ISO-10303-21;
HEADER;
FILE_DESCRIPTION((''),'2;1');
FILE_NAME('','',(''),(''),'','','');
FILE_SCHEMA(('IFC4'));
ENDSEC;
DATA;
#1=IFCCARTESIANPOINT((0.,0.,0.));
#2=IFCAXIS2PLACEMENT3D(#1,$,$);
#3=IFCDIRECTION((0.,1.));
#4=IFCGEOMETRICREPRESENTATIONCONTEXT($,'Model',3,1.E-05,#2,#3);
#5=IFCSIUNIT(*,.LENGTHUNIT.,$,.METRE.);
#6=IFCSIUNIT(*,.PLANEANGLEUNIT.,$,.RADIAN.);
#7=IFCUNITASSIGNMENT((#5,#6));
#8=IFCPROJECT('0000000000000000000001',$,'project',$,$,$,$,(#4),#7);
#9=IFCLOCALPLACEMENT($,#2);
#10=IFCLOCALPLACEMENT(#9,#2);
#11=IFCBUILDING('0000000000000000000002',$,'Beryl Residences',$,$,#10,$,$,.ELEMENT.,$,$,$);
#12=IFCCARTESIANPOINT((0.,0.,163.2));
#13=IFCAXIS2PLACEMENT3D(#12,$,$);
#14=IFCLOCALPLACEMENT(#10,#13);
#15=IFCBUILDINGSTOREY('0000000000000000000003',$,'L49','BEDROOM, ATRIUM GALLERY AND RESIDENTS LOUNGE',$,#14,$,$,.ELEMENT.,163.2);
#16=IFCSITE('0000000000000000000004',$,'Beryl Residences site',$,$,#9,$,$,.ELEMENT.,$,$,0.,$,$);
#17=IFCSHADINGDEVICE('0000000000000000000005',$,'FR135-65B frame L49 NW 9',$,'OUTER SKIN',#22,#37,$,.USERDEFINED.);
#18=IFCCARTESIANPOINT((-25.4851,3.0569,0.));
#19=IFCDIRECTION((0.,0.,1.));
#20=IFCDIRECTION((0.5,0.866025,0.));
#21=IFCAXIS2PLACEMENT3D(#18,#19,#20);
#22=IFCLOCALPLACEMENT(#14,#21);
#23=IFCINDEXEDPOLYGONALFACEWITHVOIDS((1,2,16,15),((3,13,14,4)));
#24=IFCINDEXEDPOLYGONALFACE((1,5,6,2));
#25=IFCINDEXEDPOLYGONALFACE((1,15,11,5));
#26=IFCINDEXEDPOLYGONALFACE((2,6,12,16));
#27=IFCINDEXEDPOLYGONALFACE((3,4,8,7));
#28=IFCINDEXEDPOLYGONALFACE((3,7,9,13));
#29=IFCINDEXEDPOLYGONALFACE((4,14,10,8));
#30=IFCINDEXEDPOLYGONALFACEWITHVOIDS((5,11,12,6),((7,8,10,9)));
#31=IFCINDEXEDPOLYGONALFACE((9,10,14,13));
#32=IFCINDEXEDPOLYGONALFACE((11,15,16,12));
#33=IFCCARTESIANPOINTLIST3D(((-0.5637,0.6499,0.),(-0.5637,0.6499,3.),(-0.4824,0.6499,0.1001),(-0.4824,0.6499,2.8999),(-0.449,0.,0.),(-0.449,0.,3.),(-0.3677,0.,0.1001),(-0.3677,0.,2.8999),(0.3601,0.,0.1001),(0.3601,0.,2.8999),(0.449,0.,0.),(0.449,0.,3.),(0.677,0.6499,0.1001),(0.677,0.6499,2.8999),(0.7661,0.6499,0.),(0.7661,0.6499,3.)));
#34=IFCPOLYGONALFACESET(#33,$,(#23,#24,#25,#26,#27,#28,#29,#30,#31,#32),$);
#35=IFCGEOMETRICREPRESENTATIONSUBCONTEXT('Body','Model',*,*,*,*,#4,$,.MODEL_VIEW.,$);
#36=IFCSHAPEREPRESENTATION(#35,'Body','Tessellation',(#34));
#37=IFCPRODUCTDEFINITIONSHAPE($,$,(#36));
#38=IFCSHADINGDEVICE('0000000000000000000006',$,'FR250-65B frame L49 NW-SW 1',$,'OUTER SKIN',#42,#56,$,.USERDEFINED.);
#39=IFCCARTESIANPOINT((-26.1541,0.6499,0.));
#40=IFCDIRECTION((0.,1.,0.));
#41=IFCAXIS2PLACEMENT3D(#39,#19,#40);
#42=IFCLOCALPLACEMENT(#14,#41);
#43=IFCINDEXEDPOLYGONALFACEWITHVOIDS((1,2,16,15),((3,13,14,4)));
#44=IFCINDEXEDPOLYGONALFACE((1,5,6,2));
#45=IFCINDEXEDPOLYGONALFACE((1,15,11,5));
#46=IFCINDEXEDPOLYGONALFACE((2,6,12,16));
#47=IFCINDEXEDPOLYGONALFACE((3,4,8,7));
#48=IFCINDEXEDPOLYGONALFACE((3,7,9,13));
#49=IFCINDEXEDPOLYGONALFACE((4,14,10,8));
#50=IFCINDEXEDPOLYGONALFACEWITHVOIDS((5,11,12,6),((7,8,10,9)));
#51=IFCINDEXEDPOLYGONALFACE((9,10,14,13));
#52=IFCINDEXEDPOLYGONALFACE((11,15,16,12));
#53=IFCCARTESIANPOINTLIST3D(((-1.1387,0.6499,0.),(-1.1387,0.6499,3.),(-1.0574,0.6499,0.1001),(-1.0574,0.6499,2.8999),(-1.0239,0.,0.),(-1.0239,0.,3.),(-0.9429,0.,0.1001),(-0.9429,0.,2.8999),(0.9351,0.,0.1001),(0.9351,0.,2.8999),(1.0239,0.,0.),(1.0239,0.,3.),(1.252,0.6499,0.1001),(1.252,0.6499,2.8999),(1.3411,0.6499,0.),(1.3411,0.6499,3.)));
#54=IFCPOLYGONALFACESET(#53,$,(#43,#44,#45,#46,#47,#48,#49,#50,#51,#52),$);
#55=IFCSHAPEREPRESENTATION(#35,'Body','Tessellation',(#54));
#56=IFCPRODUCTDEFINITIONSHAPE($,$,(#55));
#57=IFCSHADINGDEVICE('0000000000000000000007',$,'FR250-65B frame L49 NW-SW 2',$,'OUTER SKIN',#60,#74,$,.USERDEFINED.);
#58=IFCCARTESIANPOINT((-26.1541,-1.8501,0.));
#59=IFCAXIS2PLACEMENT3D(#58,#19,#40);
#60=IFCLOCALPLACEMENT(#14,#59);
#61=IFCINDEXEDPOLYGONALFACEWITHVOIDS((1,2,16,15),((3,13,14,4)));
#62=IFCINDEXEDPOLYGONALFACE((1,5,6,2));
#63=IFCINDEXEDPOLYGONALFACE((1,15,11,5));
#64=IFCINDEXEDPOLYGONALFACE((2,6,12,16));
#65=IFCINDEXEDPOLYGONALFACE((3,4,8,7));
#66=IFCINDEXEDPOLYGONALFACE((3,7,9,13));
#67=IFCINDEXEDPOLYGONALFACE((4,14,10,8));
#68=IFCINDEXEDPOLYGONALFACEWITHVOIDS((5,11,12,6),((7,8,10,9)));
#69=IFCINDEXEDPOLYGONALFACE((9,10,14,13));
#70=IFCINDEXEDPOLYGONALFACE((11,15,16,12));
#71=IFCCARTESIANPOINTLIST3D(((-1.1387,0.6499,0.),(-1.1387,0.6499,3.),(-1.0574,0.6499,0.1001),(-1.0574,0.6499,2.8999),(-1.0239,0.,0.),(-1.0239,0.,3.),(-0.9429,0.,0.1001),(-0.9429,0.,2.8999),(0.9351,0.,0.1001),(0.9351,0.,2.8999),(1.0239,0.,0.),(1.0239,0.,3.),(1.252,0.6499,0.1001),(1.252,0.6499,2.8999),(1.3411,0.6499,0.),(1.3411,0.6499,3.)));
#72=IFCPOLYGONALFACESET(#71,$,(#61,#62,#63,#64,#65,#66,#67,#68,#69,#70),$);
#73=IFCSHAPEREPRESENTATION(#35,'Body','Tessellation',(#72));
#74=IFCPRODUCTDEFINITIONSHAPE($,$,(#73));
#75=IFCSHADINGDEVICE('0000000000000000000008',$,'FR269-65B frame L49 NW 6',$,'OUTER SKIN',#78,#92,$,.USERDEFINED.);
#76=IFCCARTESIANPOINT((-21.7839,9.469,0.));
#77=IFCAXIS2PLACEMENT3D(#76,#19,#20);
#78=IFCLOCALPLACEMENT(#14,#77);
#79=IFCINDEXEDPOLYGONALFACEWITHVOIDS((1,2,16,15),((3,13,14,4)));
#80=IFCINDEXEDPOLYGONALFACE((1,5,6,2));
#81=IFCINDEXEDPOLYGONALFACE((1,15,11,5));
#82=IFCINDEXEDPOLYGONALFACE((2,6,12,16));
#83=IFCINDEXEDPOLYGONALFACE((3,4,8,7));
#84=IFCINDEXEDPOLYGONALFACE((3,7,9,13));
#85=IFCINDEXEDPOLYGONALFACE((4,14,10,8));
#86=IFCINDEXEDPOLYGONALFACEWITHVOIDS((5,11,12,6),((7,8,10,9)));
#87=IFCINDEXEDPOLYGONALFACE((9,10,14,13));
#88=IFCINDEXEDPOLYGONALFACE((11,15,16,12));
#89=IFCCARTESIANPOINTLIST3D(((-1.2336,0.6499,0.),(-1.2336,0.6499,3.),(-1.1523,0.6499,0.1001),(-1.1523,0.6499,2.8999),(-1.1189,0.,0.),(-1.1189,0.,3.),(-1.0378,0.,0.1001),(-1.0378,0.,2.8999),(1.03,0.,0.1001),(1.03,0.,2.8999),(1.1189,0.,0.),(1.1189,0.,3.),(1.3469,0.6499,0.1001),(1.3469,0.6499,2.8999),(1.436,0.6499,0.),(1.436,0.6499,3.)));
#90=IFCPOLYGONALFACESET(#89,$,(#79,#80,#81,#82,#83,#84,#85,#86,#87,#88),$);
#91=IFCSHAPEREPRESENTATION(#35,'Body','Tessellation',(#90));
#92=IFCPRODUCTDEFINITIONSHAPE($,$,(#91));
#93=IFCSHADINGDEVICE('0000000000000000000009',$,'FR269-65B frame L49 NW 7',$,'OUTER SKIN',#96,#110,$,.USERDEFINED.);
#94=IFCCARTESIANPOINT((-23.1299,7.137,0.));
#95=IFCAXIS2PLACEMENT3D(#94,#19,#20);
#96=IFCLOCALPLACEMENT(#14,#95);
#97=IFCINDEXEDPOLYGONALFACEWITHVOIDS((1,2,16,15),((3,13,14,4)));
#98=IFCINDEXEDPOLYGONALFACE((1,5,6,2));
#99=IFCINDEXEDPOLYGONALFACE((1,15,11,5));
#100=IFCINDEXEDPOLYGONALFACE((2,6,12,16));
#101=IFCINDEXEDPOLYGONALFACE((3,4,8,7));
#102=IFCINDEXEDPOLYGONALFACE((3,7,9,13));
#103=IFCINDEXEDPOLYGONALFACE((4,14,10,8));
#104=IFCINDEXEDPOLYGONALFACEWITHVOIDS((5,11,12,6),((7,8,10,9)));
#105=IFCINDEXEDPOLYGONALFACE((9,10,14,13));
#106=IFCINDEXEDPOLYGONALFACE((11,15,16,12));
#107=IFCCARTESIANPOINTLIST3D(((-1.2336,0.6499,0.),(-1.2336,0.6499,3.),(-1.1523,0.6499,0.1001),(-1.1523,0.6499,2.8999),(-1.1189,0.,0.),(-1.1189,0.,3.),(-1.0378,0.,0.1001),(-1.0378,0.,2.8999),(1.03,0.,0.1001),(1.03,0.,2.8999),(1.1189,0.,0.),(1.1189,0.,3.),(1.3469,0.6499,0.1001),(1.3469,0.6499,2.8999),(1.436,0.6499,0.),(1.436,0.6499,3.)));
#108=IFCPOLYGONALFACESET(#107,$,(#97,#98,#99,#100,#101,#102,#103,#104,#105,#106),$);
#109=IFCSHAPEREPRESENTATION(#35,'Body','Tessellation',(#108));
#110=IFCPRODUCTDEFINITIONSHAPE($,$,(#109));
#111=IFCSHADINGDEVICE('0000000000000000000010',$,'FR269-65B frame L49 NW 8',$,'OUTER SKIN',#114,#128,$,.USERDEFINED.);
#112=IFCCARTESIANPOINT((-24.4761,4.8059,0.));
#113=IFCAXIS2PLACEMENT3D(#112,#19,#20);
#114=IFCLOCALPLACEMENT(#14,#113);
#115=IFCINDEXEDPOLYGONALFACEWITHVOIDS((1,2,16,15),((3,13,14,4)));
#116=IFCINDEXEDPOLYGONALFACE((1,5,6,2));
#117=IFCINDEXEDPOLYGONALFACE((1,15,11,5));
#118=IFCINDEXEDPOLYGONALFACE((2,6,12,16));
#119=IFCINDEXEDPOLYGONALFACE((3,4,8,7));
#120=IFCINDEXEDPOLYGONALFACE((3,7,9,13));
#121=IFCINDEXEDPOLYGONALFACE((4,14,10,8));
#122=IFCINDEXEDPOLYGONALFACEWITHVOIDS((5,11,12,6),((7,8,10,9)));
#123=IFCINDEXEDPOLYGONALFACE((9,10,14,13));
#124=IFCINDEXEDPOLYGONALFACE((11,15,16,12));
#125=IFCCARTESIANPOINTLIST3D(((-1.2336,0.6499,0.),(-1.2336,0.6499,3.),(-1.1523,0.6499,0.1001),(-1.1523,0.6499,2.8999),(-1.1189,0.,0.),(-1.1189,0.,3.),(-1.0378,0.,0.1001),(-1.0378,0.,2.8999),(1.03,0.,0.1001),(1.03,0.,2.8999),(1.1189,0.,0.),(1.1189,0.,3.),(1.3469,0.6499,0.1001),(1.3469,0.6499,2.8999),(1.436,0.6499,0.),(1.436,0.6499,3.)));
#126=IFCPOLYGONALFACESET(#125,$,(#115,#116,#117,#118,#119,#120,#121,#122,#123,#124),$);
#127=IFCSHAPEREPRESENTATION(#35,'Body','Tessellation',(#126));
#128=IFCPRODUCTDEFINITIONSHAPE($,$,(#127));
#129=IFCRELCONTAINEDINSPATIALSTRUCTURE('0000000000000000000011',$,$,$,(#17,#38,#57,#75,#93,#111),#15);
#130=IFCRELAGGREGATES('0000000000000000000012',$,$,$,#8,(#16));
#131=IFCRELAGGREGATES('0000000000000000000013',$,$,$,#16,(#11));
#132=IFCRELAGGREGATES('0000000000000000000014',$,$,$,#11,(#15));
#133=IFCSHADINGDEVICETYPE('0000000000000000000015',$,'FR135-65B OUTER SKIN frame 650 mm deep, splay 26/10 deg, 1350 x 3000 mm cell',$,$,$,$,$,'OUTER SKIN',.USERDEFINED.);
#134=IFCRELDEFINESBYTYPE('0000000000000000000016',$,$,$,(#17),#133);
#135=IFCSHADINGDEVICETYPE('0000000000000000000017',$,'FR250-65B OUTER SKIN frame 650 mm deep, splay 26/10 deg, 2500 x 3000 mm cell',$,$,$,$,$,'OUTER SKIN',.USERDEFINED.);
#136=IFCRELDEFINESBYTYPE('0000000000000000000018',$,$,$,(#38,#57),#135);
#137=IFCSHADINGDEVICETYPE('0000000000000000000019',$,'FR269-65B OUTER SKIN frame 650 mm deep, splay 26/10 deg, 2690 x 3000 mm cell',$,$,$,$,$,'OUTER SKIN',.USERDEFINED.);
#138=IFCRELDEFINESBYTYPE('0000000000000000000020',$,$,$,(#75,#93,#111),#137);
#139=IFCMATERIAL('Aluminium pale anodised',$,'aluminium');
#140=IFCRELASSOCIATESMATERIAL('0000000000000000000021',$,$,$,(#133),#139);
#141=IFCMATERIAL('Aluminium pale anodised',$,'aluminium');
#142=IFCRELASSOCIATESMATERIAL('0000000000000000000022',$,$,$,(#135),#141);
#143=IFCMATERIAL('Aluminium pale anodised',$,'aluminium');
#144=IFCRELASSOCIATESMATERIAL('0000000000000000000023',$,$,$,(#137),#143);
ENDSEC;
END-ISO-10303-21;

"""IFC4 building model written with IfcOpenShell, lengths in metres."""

from ifc_helpers import new_model, entity, si_unit, direction, frame, origin, place, context, subcontext, project, spatial, source, transform, mapped, material, type_object, type_shapes, element, save


model = new_model("IFC4")

# Units and contexts
model_context = context("Model", 3, precision=1e-05, world=origin(), true_north=direction((0.0, 1.0)))
body_context = subcontext(model_context, "Body", "Model", "MODEL_VIEW")
ifc_project = project(units=[si_unit("LENGTHUNIT", "METRE"), si_unit("PLANEANGLEUNIT", "RADIAN")], contexts=[model_context])

# Site, building, storey
site_placement = place(None, origin())
site = spatial("IfcSite", under=ifc_project, at=site_placement, Name="Beryl Residences site", CompositionType="ELEMENT", RefElevation=0.0)
building_placement = place(site_placement, origin())
building = spatial("IfcBuilding", under=site, at=building_placement, Name="Beryl Residences", CompositionType="ELEMENT")
storey_placement = place(building_placement, frame((0.0, 0.0, 163.2)))
storey = spatial("IfcBuildingStorey", under=building, at=storey_placement, Name="L49", Description="BEDROOM, ATRIUM GALLERY AND RESIDENTS LOUNGE", CompositionType="ELEMENT", Elevation=163.2)

# Shading devices
ifc_material_1 = material(Name="Aluminium pale anodised", Category="aluminium")
shading_device_type_1 = type_object("IfcShadingDeviceType", Name="FR135-65B OUTER SKIN frame 650 mm deep, splay 26/10 deg, 1350 x 3000 mm cell", ElementType="OUTER SKIN", PredefinedType="USERDEFINED", material=ifc_material_1)
cartesian_point_1 = entity("IfcCartesianPoint", [-0.449, 0.0])
cartesian_point_2 = entity("IfcCartesianPoint", [-0.3601, 0.1001])
cartesian_point_3 = entity("IfcCartesianPoint", [-0.7661, 0.0])
cartesian_point_4 = entity("IfcCartesianPoint", [-0.677, 0.1001])
shared_shape_1 = source(origin(), body_context, "Body", "SweptSolid", [
    entity("IfcExtrudedAreaSolidTapered", entity("IfcArbitraryProfileDefWithVoids", "AREA", None, entity("IfcPolyline", [cartesian_point_1, entity("IfcCartesianPoint", [0.449, 0.0]), entity("IfcCartesianPoint", [0.449, 3.0]), entity("IfcCartesianPoint", [-0.449, 3.0]), cartesian_point_1]), [entity("IfcPolyline", [cartesian_point_2, entity("IfcCartesianPoint", [0.3677, 0.1001]), entity("IfcCartesianPoint", [0.3677, 2.8999]), entity("IfcCartesianPoint", [-0.3601, 2.8999]), cartesian_point_2])]), entity("IfcAxis2Placement3D", entity("IfcCartesianPoint", [0.0, 0.0, 0.0]), entity("IfcDirection", [0.0, 1.0, 0.0]), entity("IfcDirection", [-1.0, 0.0, 0.0])), entity("IfcDirection", [0.0, 0.0, 1.0]), 0.6499, entity("IfcArbitraryProfileDefWithVoids", "AREA", None, entity("IfcPolyline", [cartesian_point_3, entity("IfcCartesianPoint", [0.5637, 0.0]), entity("IfcCartesianPoint", [0.5637, 3.0]), entity("IfcCartesianPoint", [-0.7661, 3.0]), cartesian_point_3]), [entity("IfcPolyline", [cartesian_point_4, entity("IfcCartesianPoint", [0.4824, 0.1001]), entity("IfcCartesianPoint", [0.4824, 2.8999]), entity("IfcCartesianPoint", [-0.677, 2.8999]), cartesian_point_4])])),
])
type_shapes(shading_device_type_1, [shared_shape_1])
shading_device_placement = place(storey_placement, frame((-25.4851, 3.0569, 0.0), z_axis=(0.0, 0.0, 1.0), x_axis=(0.5, 0.866025, 0.0)))
element("IfcShadingDevice", 1, at=shading_device_placement, inside=storey, type_object=shading_device_type_1, Name="FR135-65B frame L49 NW 9", ObjectType="OUTER SKIN", PredefinedType="USERDEFINED", context=body_context, shape_type="MappedRepresentation", body=[
    mapped(shared_shape_1, transform((0.0, 0.0, 0.0))),
])
ifc_material_2 = material(Name="Aluminium pale anodised", Category="aluminium")
shading_device_type_2 = type_object("IfcShadingDeviceType", Name="FR250-65B OUTER SKIN frame 650 mm deep, splay 26/10 deg, 2500 x 3000 mm cell", ElementType="OUTER SKIN", PredefinedType="USERDEFINED", material=ifc_material_2)
cartesian_point_5 = entity("IfcCartesianPoint", [-1.0239, 0.0])
cartesian_point_6 = entity("IfcCartesianPoint", [-0.9351, 0.1001])
cartesian_point_7 = entity("IfcCartesianPoint", [-1.3411, 0.0])
cartesian_point_8 = entity("IfcCartesianPoint", [-1.252, 0.1001])
shared_shape_2 = source(origin(), body_context, "Body", "SweptSolid", [
    entity("IfcExtrudedAreaSolidTapered", entity("IfcArbitraryProfileDefWithVoids", "AREA", None, entity("IfcPolyline", [cartesian_point_5, entity("IfcCartesianPoint", [1.0239, 0.0]), entity("IfcCartesianPoint", [1.0239, 3.0]), entity("IfcCartesianPoint", [-1.0239, 3.0]), cartesian_point_5]), [entity("IfcPolyline", [cartesian_point_6, entity("IfcCartesianPoint", [0.9429, 0.1001]), entity("IfcCartesianPoint", [0.9429, 2.8999]), entity("IfcCartesianPoint", [-0.9351, 2.8999]), cartesian_point_6])]), entity("IfcAxis2Placement3D", entity("IfcCartesianPoint", [0.0, 0.0, 0.0]), entity("IfcDirection", [0.0, 1.0, 0.0]), entity("IfcDirection", [-1.0, 0.0, 0.0])), entity("IfcDirection", [0.0, 0.0, 1.0]), 0.6499, entity("IfcArbitraryProfileDefWithVoids", "AREA", None, entity("IfcPolyline", [cartesian_point_7, entity("IfcCartesianPoint", [1.1387, 0.0]), entity("IfcCartesianPoint", [1.1387, 3.0]), entity("IfcCartesianPoint", [-1.3411, 3.0]), cartesian_point_7]), [entity("IfcPolyline", [cartesian_point_8, entity("IfcCartesianPoint", [1.0574, 0.1001]), entity("IfcCartesianPoint", [1.0574, 2.8999]), entity("IfcCartesianPoint", [-1.252, 2.8999]), cartesian_point_8])])),
])
type_shapes(shading_device_type_2, [shared_shape_2])
for number, where, z_axis, x_axis, name in (
    (2, (-26.1541, 0.6499, 0.0), (0.0, 0.0, 1.0), (0.0, 1.0, 0.0), "FR250-65B frame L49 NW-SW 1"),
    (3, (-26.1541, -1.8501, 0.0), (0.0, 0.0, 1.0), (0.0, 1.0, 0.0), "FR250-65B frame L49 NW-SW 2"),
):
    element("IfcShadingDevice", number, at=place(storey_placement, frame(where, z_axis=z_axis, x_axis=x_axis)), inside=storey, type_object=shading_device_type_2, Name=name, ObjectType="OUTER SKIN", PredefinedType="USERDEFINED", context=body_context, shape_type="MappedRepresentation", body=[
        mapped(shared_shape_2, transform((0.0, 0.0, 0.0))),
    ])
ifc_material_3 = material(Name="Aluminium pale anodised", Category="aluminium")
shading_device_type_3 = type_object("IfcShadingDeviceType", Name="FR269-65B OUTER SKIN frame 650 mm deep, splay 26/10 deg, 2690 x 3000 mm cell", ElementType="OUTER SKIN", PredefinedType="USERDEFINED", material=ifc_material_3)
cartesian_point_9 = entity("IfcCartesianPoint", [-1.1189, 0.0])
cartesian_point_10 = entity("IfcCartesianPoint", [-1.03, 0.1001])
cartesian_point_11 = entity("IfcCartesianPoint", [-1.436, 0.0])
cartesian_point_12 = entity("IfcCartesianPoint", [-1.3469, 0.1001])
shared_shape_3 = source(origin(), body_context, "Body", "SweptSolid", [
    entity("IfcExtrudedAreaSolidTapered", entity("IfcArbitraryProfileDefWithVoids", "AREA", None, entity("IfcPolyline", [cartesian_point_9, entity("IfcCartesianPoint", [1.1189, 0.0]), entity("IfcCartesianPoint", [1.1189, 3.0]), entity("IfcCartesianPoint", [-1.1189, 3.0]), cartesian_point_9]), [entity("IfcPolyline", [cartesian_point_10, entity("IfcCartesianPoint", [1.0378, 0.1001]), entity("IfcCartesianPoint", [1.0378, 2.8999]), entity("IfcCartesianPoint", [-1.03, 2.8999]), cartesian_point_10])]), entity("IfcAxis2Placement3D", entity("IfcCartesianPoint", [0.0, 0.0, 0.0]), entity("IfcDirection", [0.0, 1.0, 0.0]), entity("IfcDirection", [-1.0, 0.0, 0.0])), entity("IfcDirection", [0.0, 0.0, 1.0]), 0.6499, entity("IfcArbitraryProfileDefWithVoids", "AREA", None, entity("IfcPolyline", [cartesian_point_11, entity("IfcCartesianPoint", [1.2336, 0.0]), entity("IfcCartesianPoint", [1.2336, 3.0]), entity("IfcCartesianPoint", [-1.436, 3.0]), cartesian_point_11]), [entity("IfcPolyline", [cartesian_point_12, entity("IfcCartesianPoint", [1.1523, 0.1001]), entity("IfcCartesianPoint", [1.1523, 2.8999]), entity("IfcCartesianPoint", [-1.3469, 2.8999]), cartesian_point_12])])),
])
type_shapes(shading_device_type_3, [shared_shape_3])
for number, where, z_axis, x_axis, name in (
    (4, (-21.7839, 9.469, 0.0), (0.0, 0.0, 1.0), (0.5, 0.866025, 0.0), "FR269-65B frame L49 NW 6"),
    (5, (-23.1299, 7.137, 0.0), (0.0, 0.0, 1.0), (0.5, 0.866025, 0.0), "FR269-65B frame L49 NW 7"),
    (6, (-24.4761, 4.8059, 0.0), (0.0, 0.0, 1.0), (0.5, 0.866025, 0.0), "FR269-65B frame L49 NW 8"),
):
    element("IfcShadingDevice", number, at=place(storey_placement, frame(where, z_axis=z_axis, x_axis=x_axis)), inside=storey, type_object=shading_device_type_3, Name=name, ObjectType="OUTER SKIN", PredefinedType="USERDEFINED", context=body_context, shape_type="MappedRepresentation", body=[
        mapped(shared_shape_3, transform((0.0, 0.0, 0.0))),
    ])

save(model, "model.ifc")
